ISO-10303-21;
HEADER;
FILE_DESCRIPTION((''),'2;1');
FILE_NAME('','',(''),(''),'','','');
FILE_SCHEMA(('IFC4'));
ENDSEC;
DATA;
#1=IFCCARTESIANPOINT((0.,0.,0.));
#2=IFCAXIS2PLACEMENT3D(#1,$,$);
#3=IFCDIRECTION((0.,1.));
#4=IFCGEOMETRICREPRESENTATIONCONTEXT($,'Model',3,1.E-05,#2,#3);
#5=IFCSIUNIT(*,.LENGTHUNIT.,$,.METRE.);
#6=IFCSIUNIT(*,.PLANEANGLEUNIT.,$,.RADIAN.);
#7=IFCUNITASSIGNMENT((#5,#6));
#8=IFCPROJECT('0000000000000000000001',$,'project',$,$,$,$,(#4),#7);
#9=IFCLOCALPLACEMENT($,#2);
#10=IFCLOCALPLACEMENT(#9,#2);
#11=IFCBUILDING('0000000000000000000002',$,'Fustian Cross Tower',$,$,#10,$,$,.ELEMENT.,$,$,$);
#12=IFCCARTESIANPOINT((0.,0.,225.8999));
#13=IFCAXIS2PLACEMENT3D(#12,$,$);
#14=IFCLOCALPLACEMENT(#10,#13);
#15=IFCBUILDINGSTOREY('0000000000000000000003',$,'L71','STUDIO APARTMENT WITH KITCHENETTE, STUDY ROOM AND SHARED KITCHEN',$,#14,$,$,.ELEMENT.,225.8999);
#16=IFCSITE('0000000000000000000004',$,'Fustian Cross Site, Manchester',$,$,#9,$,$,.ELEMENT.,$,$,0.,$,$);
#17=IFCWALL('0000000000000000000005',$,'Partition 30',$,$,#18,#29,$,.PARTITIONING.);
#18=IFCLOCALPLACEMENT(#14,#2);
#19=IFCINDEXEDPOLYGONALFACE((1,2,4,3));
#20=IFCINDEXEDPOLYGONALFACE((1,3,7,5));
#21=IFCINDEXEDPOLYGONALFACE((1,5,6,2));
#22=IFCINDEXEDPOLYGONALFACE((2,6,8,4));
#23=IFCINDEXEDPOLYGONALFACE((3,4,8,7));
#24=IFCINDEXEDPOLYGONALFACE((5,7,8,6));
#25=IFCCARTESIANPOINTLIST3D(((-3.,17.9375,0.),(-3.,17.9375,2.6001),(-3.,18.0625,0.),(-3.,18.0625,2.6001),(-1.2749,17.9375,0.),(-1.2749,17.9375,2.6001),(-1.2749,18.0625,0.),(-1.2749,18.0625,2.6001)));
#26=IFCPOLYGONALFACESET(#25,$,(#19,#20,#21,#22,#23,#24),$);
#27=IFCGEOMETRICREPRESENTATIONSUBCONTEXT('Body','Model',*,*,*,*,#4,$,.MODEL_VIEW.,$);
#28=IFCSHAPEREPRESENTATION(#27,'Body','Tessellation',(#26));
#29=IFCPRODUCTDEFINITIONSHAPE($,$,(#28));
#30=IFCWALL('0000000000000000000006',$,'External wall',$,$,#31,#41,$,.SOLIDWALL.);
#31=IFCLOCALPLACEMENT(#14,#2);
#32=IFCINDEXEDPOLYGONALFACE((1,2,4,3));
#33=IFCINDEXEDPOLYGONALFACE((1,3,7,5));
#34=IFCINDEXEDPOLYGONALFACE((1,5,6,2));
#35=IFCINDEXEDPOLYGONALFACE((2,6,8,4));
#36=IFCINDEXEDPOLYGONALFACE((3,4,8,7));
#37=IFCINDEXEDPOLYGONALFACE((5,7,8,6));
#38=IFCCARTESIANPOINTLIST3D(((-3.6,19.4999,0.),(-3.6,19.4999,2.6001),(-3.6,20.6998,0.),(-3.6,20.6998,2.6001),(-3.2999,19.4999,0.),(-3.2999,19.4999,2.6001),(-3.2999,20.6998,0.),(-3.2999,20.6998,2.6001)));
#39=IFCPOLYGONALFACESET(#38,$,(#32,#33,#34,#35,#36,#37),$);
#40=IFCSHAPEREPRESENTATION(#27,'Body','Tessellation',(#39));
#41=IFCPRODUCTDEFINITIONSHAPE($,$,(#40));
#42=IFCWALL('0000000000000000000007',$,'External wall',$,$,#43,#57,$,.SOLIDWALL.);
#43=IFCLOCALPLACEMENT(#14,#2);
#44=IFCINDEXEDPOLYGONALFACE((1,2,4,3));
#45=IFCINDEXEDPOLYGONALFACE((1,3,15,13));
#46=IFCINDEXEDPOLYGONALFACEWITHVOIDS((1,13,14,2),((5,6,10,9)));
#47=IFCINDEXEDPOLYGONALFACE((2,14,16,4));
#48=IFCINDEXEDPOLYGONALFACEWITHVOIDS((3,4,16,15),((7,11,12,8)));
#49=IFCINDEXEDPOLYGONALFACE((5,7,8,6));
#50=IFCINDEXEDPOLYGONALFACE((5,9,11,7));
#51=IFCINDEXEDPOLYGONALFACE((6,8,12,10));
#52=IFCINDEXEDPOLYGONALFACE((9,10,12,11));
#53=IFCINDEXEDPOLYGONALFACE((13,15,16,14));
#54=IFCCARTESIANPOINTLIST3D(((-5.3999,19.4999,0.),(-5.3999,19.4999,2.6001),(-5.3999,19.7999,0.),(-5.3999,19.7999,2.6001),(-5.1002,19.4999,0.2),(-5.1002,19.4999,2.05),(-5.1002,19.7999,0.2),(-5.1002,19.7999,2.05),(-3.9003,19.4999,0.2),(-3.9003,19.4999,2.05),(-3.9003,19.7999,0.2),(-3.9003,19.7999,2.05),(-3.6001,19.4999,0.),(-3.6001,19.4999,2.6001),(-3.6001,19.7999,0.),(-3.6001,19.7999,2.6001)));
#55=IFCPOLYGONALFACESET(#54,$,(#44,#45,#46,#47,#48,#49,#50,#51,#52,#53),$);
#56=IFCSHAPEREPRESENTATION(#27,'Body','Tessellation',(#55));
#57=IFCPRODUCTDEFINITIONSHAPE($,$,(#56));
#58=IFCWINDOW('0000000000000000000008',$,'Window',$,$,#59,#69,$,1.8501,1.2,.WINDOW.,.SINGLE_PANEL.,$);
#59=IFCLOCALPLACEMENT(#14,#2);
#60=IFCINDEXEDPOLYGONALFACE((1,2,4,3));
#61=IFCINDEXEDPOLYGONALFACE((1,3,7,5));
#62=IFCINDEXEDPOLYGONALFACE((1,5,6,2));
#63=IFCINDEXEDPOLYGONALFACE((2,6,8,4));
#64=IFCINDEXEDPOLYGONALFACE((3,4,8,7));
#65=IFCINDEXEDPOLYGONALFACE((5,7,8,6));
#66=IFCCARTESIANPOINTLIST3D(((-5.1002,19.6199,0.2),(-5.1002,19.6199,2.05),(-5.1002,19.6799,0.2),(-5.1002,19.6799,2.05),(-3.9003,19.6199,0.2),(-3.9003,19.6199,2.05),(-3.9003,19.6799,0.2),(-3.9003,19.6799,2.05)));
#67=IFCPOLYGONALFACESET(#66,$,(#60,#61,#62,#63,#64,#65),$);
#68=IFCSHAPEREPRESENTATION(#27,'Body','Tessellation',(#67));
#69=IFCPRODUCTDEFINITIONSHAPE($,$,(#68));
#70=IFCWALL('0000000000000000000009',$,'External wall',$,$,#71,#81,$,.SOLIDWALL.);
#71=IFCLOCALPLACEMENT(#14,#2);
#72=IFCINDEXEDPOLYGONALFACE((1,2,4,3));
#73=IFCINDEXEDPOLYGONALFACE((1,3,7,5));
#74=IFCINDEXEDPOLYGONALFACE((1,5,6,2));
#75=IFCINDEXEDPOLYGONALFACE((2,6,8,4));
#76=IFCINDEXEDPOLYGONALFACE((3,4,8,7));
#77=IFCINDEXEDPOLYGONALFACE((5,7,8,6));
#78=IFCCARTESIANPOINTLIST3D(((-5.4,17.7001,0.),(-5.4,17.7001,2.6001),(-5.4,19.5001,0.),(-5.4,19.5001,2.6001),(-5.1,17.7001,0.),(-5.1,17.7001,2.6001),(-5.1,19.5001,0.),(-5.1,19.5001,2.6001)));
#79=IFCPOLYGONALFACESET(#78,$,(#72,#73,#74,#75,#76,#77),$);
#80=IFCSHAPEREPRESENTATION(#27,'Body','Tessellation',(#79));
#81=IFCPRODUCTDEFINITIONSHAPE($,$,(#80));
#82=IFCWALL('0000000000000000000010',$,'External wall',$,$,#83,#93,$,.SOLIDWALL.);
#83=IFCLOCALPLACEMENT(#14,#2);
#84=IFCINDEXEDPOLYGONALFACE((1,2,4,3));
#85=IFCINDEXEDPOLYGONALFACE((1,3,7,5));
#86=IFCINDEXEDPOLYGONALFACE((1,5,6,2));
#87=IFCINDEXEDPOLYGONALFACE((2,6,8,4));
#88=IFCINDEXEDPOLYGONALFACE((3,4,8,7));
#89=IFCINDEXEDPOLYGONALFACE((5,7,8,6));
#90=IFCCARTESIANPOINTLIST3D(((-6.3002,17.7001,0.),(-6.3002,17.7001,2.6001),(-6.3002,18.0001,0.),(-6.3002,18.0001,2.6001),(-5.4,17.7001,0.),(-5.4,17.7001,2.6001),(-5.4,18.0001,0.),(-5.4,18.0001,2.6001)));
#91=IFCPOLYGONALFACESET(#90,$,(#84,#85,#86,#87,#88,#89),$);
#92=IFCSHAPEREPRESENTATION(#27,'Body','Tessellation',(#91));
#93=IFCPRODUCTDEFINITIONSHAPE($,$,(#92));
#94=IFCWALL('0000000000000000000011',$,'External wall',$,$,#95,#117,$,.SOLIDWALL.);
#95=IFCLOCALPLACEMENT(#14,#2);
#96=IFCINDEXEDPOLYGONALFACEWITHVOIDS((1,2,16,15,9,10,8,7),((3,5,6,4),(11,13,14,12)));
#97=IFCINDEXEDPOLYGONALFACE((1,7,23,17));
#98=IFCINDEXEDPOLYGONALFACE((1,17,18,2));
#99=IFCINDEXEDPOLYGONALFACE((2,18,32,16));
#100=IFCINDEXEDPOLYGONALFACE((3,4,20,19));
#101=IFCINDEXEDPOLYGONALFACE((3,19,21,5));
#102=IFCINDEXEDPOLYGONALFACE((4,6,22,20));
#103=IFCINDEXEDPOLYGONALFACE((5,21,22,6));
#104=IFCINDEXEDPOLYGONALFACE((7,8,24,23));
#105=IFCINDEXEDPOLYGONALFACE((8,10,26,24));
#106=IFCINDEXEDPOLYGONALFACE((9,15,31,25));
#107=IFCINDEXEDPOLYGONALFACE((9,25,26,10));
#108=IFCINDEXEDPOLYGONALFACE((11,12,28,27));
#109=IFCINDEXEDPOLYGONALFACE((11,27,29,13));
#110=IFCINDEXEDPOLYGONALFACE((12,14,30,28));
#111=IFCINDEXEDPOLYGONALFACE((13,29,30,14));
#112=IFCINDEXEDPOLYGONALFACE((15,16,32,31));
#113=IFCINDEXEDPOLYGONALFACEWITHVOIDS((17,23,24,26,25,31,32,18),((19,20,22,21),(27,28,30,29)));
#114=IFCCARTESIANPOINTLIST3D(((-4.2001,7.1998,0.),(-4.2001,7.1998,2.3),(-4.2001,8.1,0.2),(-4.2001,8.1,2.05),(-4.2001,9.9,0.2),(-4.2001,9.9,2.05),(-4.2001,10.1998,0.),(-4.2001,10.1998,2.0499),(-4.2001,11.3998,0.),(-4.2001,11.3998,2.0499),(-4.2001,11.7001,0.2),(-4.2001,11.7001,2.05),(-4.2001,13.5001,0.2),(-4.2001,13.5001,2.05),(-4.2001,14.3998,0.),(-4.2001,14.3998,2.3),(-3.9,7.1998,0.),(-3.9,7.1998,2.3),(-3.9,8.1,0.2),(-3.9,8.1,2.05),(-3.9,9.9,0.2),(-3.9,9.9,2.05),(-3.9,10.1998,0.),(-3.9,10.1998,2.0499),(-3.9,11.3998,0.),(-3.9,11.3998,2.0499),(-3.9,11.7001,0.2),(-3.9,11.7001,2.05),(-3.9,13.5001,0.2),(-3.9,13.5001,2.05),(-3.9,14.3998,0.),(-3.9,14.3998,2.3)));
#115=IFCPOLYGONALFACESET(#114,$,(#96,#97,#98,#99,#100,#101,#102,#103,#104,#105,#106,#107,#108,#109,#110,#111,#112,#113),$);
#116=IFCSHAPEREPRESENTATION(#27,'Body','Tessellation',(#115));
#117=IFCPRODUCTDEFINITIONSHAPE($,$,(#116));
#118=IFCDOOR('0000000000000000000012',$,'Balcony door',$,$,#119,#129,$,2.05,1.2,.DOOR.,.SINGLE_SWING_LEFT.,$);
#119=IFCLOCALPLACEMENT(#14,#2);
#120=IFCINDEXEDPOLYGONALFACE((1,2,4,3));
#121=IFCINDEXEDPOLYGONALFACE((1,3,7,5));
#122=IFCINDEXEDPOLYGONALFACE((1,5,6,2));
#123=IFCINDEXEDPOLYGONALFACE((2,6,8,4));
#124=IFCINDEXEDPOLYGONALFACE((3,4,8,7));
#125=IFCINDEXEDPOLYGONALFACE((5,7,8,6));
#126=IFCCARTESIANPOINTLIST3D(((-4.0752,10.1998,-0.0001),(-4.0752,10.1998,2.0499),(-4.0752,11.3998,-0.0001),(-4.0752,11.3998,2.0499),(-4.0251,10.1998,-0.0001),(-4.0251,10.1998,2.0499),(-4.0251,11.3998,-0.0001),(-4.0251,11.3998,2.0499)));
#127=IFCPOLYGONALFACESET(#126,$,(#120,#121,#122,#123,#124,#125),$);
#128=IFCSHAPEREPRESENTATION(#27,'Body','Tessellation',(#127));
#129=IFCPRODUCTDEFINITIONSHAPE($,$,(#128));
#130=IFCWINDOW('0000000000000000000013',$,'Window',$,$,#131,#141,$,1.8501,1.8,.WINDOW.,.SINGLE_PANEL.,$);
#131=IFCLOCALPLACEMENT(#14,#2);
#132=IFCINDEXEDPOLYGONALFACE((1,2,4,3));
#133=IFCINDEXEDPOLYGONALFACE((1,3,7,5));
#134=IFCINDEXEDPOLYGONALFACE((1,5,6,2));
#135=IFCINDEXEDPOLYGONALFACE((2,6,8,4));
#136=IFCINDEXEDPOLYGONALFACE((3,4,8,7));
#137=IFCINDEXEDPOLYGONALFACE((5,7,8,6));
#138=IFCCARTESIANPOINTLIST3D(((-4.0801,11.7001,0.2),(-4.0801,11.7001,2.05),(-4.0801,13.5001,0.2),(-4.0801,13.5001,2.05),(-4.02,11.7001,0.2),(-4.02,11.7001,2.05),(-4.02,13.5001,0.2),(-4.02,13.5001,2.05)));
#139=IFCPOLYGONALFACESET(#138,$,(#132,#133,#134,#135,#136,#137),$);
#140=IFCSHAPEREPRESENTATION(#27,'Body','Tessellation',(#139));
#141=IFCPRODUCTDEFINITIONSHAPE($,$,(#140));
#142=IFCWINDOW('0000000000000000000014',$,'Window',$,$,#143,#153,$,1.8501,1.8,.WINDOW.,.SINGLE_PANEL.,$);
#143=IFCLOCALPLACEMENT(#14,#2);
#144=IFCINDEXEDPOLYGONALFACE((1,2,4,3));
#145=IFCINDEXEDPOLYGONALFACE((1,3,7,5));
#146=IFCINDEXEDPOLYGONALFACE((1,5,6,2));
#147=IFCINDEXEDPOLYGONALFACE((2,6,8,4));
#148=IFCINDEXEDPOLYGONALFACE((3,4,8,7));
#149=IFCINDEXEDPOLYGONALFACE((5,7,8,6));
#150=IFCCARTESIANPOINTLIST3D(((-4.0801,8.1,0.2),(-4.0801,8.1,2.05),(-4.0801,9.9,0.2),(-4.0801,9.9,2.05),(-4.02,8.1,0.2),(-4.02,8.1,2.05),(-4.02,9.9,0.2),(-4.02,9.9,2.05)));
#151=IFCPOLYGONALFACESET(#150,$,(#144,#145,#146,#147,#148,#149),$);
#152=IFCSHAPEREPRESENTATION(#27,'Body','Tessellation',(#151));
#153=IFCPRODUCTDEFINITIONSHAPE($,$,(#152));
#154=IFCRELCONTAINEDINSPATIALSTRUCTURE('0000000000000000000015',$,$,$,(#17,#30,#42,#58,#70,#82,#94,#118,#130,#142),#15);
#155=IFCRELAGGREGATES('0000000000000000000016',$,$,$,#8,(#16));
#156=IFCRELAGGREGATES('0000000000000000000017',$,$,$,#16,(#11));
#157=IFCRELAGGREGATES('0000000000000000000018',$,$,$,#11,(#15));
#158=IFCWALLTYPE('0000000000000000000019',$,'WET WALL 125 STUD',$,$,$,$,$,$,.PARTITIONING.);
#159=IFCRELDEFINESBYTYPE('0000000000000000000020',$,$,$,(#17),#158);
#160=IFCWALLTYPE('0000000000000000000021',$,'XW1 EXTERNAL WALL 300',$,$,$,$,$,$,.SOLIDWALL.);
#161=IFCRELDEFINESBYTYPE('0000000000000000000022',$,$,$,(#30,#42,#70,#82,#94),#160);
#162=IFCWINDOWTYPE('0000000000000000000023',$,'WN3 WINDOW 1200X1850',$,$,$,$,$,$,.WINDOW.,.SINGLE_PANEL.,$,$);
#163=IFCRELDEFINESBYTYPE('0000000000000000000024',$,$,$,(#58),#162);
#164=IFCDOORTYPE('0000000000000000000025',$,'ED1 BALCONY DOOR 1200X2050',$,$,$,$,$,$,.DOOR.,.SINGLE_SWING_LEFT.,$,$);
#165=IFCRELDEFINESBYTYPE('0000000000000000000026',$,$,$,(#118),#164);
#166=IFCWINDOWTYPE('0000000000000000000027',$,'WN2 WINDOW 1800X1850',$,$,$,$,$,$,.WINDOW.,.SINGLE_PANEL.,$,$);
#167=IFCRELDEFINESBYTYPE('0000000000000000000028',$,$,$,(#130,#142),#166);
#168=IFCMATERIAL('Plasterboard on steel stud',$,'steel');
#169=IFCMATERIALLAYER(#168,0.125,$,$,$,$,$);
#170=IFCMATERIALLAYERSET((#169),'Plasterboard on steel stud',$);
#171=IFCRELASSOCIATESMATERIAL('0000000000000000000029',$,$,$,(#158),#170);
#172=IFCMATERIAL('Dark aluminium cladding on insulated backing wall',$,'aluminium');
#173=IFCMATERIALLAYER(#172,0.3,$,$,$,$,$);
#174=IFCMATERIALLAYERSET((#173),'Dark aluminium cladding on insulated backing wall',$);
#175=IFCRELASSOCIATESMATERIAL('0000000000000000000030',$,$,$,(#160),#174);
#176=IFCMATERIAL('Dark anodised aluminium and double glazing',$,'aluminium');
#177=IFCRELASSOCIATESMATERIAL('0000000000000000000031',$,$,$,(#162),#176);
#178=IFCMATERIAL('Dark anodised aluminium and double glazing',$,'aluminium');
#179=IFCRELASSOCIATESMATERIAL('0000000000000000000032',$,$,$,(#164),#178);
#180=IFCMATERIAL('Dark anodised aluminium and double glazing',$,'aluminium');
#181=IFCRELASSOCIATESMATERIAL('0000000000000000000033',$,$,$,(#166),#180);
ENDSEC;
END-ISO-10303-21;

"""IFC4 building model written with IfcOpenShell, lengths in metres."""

from ifc_helpers import new_model, si_unit, direction, frame, frame_2d, origin, place, context, subcontext, project, spatial, rectangle, extrude, material, layer, layer_set, type_object, element, fill, save


model = new_model("IFC4")

# Units and contexts
model_context = context("Model", 3, precision=1e-05, world=origin(), true_north=direction((0.0, 1.0)))
body_context = subcontext(model_context, "Body", "Model", "MODEL_VIEW")
ifc_project = project(units=[si_unit("LENGTHUNIT", "METRE"), si_unit("PLANEANGLEUNIT", "RADIAN")], contexts=[model_context])

# Site, building, storey
site_placement = place(None, origin())
site = spatial("IfcSite", under=ifc_project, at=site_placement, Name="Fustian Cross Site, Manchester", CompositionType="ELEMENT", RefElevation=0.0)
building_placement = place(site_placement, origin())
building = spatial("IfcBuilding", under=site, at=building_placement, Name="Fustian Cross Tower", CompositionType="ELEMENT")
storey_placement = place(building_placement, frame((0.0, 0.0, 225.8999)))
storey = spatial("IfcBuildingStorey", under=building, at=storey_placement, Name="L71", Description="STUDIO APARTMENT WITH KITCHENETTE, STUDY ROOM AND SHARED KITCHEN", CompositionType="ELEMENT", Elevation=225.8999)

# Walls
ifc_material_1 = material(Name="Plasterboard on steel stud", Category="steel")
ifc_layer_1 = layer(ifc_material_1, 0.125)
ifc_layer_set_1 = layer_set([ifc_layer_1], Name="Plasterboard on steel stud")
wall_type_1 = type_object("IfcWallType", Name="WET WALL 125 STUD", PredefinedType="PARTITIONING", material=ifc_layer_set_1)
wall_1_placement = place(storey_placement, frame((-3.0, 18.0, 0.0), z_axis=(0.0, 0.0, 1.0), x_axis=(1.0, 0.0, 0.0)))
element("IfcWall", 1, at=wall_1_placement, inside=storey, type_object=wall_type_1, Name="Partition 30", PredefinedType="PARTITIONING", context=body_context, shape_type="SweptSolid", body=[
    extrude(rectangle(XDim=1.7251, YDim=0.125, at=frame_2d((0.8625, 0.0))), origin(), (0.0, 0.0, 1.0), 2.6001),
])
ifc_material_2 = material(Name="Dark aluminium cladding on insulated backing wall", Category="aluminium")
ifc_layer_2 = layer(ifc_material_2, 0.3)
ifc_layer_set_2 = layer_set([ifc_layer_2], Name="Dark aluminium cladding on insulated backing wall")
wall_type_2 = type_object("IfcWallType", Name="XW1 EXTERNAL WALL 300", PredefinedType="SOLIDWALL", material=ifc_layer_set_2)
wall_2_placement = place(storey_placement, frame((-3.45, 20.7, 0.0), z_axis=(0.0, 0.0, 1.0), x_axis=(0.0, -1.0, 0.0)))
element("IfcWall", 2, at=wall_2_placement, inside=storey, type_object=wall_type_2, Name="External wall", PredefinedType="SOLIDWALL", context=body_context, shape_type="SweptSolid", body=[
    extrude(rectangle(XDim=1.2, YDim=0.3, at=frame_2d((0.6001, 0.0))), origin(), (0.0, 0.0, 1.0), 2.6001),
])

# Wall, opening, window
wall_3_placement = place(storey_placement, frame((-3.6001, 19.6499, 0.0), z_axis=(0.0, 0.0, 1.0), x_axis=(-1.0, 0.0, 0.0)))
wall_3 = element("IfcWall", 3, at=wall_3_placement, inside=storey, type_object=wall_type_2, Name="External wall", PredefinedType="SOLIDWALL", context=body_context, shape_type="SweptSolid", body=[
    extrude(rectangle(XDim=1.7998, YDim=0.3, at=frame_2d((0.8999, 0.0))), origin(), (0.0, 0.0, 1.0), 2.6001),
])
opening_1_placement = place(wall_3_placement, frame((0.3, 0.0, 0.2)))
opening_1 = element("IfcOpeningElement", 4, at=opening_1_placement, cuts=wall_3, PredefinedType="OPENING", context=body_context, shape_type="SweptSolid", body=[
    extrude(rectangle(XDim=1.2, YDim=1.8501, at=frame_2d((0.6001, 0.925))), frame((0.0, 0.1599, 0.0), z_axis=(0.0, -1.0, 0.0), x_axis=(1.0, 0.0, 0.0)), (0.0, 0.0, 1.0), 0.3201),
])
ifc_material_3 = material(Name="Dark anodised aluminium and double glazing", Category="aluminium")
window_type_1 = type_object("IfcWindowType", Name="WN3 WINDOW 1200X1850", PartitioningType="SINGLE_PANEL", PredefinedType="WINDOW", material=ifc_material_3)
window_1_placement = place(opening_1_placement, origin())
window_1 = element("IfcWindow", 5, at=window_1_placement, inside=storey, type_object=window_type_1, Name="Window", OverallHeight=1.8501, OverallWidth=1.2, PartitioningType="SINGLE_PANEL", PredefinedType="WINDOW", context=body_context, shape_type="SweptSolid", body=[
    extrude(rectangle(XDim=1.2, YDim=1.8501, at=frame_2d((0.6001, 0.925))), frame((0.0, 0.03, 0.0), z_axis=(0.0, -1.0, 0.0), x_axis=(1.0, 0.0, 0.0)), (0.0, 0.0, 1.0), 0.0601),
])
fill(opening_1, window_1)

# Walls
wall_4_placement = place(storey_placement, frame((-5.25, 19.5, 0.0), z_axis=(0.0, 0.0, 1.0), x_axis=(0.0, -1.0, 0.0)))
element("IfcWall", 6, at=wall_4_placement, inside=storey, type_object=wall_type_2, Name="External wall", PredefinedType="SOLIDWALL", context=body_context, shape_type="SweptSolid", body=[
    extrude(rectangle(XDim=1.8, YDim=0.3, at=frame_2d((0.8999, 0.0))), origin(), (0.0, 0.0, 1.0), 2.6001),
])
wall_5_placement = place(storey_placement, frame((-5.3999, 17.8501, 0.0), z_axis=(0.0, 0.0, 1.0), x_axis=(-1.0, 0.0, 0.0)))
element("IfcWall", 7, at=wall_5_placement, inside=storey, type_object=wall_type_2, Name="External wall", PredefinedType="SOLIDWALL", context=body_context, shape_type="SweptSolid", body=[
    extrude(rectangle(XDim=0.9001, YDim=0.3, at=frame_2d((0.4502, 0.0))), origin(), (0.0, 0.0, 1.0), 2.6001),
])

# Wall, openings, door, windows
wall_6_placement = place(storey_placement, frame((-4.05, 14.3999, 0.0), z_axis=(0.0, 0.0, 1.0), x_axis=(0.0, -1.0, 0.0)))
wall_6 = element("IfcWall", 8, at=wall_6_placement, inside=storey, type_object=wall_type_2, Name="External wall", PredefinedType="SOLIDWALL", context=body_context, shape_type="SweptSolid", body=[
    extrude(rectangle(XDim=7.2, YDim=0.3, at=frame_2d((3.6001, 0.0))), origin(), (0.0, 0.0, 1.0), 2.3),
])
opening_2_placement = place(wall_6_placement, frame((3.0, 0.0, 0.0)))
opening_2 = element("IfcOpeningElement", 9, at=opening_2_placement, cuts=wall_6, PredefinedType="OPENING", context=body_context, shape_type="SweptSolid", body=[
    extrude(rectangle(XDim=1.2, YDim=2.05, at=frame_2d((0.6001, 1.0249))), frame((0.0, 0.1599, 0.0), z_axis=(0.0, -1.0, 0.0), x_axis=(1.0, 0.0, 0.0)), (0.0, 0.0, 1.0), 0.3201),
])
opening_3_placement = place(wall_6_placement, frame((0.8999, 0.0, 0.2)))
opening_3 = element("IfcOpeningElement", 10, at=opening_3_placement, cuts=wall_6, PredefinedType="OPENING", context=body_context, shape_type="SweptSolid", body=[
    extrude(rectangle(XDim=1.8, YDim=1.8501, at=frame_2d((0.8999, 0.925))), frame((0.0, 0.1599, 0.0), z_axis=(0.0, -1.0, 0.0), x_axis=(1.0, 0.0, 0.0)), (0.0, 0.0, 1.0), 0.3201),
])
opening_4_placement = place(wall_6_placement, frame((4.5, 0.0, 0.2)))
opening_4 = element("IfcOpeningElement", 11, at=opening_4_placement, cuts=wall_6, PredefinedType="OPENING", context=body_context, shape_type="SweptSolid", body=[
    extrude(rectangle(XDim=1.8, YDim=1.8501, at=frame_2d((0.8999, 0.925))), frame((0.0, 0.1599, 0.0), z_axis=(0.0, -1.0, 0.0), x_axis=(1.0, 0.0, 0.0)), (0.0, 0.0, 1.0), 0.3201),
])
ifc_material_4 = material(Name="Dark anodised aluminium and double glazing", Category="aluminium")
door_type_1 = type_object("IfcDoorType", Name="ED1 BALCONY DOOR 1200X2050", OperationType="SINGLE_SWING_LEFT", PredefinedType="DOOR", material=ifc_material_4)
door_1_placement = place(opening_2_placement, origin())
door_1 = element("IfcDoor", 12, at=door_1_placement, inside=storey, type_object=door_type_1, Name="Balcony door", OperationType="SINGLE_SWING_LEFT", OverallHeight=2.05, OverallWidth=1.2, PredefinedType="DOOR", context=body_context, shape_type="SweptSolid", body=[
    extrude(rectangle(XDim=1.2, YDim=2.05, at=frame_2d((0.6001, 1.0249))), frame((0.0, 0.0249, 0.0), z_axis=(0.0, -1.0, 0.0), x_axis=(1.0, 0.0, 0.0)), (0.0, 0.0, 1.0), 0.05),
])
fill(opening_2, door_1)
ifc_material_5 = material(Name="Dark anodised aluminium and double glazing", Category="aluminium")
window_type_2 = type_object("IfcWindowType", Name="WN2 WINDOW 1800X1850", PartitioningType="SINGLE_PANEL", PredefinedType="WINDOW", material=ifc_material_5)
window_2_placement = place(opening_3_placement, origin())
window_2 = element("IfcWindow", 13, at=window_2_placement, inside=storey, type_object=window_type_2, Name="Window", OverallHeight=1.8501, OverallWidth=1.8, PartitioningType="SINGLE_PANEL", PredefinedType="WINDOW", context=body_context, shape_type="SweptSolid", body=[
    extrude(rectangle(XDim=1.8, YDim=1.8501, at=frame_2d((0.8999, 0.925))), frame((0.0, 0.03, 0.0), z_axis=(0.0, -1.0, 0.0), x_axis=(1.0, 0.0, 0.0)), (0.0, 0.0, 1.0), 0.0601),
])
fill(opening_3, window_2)
window_3_placement = place(opening_4_placement, origin())
window_3 = element("IfcWindow", 14, at=window_3_placement, inside=storey, type_object=window_type_2, Name="Window", OverallHeight=1.8501, OverallWidth=1.8, PartitioningType="SINGLE_PANEL", PredefinedType="WINDOW", context=body_context, shape_type="SweptSolid", body=[
    extrude(rectangle(XDim=1.8, YDim=1.8501, at=frame_2d((0.8999, 0.925))), frame((0.0, 0.03, 0.0), z_axis=(0.0, -1.0, 0.0), x_axis=(1.0, 0.0, 0.0)), (0.0, 0.0, 1.0), 0.0601),
])
fill(opening_4, window_3)

save(model, "model.ifc")
